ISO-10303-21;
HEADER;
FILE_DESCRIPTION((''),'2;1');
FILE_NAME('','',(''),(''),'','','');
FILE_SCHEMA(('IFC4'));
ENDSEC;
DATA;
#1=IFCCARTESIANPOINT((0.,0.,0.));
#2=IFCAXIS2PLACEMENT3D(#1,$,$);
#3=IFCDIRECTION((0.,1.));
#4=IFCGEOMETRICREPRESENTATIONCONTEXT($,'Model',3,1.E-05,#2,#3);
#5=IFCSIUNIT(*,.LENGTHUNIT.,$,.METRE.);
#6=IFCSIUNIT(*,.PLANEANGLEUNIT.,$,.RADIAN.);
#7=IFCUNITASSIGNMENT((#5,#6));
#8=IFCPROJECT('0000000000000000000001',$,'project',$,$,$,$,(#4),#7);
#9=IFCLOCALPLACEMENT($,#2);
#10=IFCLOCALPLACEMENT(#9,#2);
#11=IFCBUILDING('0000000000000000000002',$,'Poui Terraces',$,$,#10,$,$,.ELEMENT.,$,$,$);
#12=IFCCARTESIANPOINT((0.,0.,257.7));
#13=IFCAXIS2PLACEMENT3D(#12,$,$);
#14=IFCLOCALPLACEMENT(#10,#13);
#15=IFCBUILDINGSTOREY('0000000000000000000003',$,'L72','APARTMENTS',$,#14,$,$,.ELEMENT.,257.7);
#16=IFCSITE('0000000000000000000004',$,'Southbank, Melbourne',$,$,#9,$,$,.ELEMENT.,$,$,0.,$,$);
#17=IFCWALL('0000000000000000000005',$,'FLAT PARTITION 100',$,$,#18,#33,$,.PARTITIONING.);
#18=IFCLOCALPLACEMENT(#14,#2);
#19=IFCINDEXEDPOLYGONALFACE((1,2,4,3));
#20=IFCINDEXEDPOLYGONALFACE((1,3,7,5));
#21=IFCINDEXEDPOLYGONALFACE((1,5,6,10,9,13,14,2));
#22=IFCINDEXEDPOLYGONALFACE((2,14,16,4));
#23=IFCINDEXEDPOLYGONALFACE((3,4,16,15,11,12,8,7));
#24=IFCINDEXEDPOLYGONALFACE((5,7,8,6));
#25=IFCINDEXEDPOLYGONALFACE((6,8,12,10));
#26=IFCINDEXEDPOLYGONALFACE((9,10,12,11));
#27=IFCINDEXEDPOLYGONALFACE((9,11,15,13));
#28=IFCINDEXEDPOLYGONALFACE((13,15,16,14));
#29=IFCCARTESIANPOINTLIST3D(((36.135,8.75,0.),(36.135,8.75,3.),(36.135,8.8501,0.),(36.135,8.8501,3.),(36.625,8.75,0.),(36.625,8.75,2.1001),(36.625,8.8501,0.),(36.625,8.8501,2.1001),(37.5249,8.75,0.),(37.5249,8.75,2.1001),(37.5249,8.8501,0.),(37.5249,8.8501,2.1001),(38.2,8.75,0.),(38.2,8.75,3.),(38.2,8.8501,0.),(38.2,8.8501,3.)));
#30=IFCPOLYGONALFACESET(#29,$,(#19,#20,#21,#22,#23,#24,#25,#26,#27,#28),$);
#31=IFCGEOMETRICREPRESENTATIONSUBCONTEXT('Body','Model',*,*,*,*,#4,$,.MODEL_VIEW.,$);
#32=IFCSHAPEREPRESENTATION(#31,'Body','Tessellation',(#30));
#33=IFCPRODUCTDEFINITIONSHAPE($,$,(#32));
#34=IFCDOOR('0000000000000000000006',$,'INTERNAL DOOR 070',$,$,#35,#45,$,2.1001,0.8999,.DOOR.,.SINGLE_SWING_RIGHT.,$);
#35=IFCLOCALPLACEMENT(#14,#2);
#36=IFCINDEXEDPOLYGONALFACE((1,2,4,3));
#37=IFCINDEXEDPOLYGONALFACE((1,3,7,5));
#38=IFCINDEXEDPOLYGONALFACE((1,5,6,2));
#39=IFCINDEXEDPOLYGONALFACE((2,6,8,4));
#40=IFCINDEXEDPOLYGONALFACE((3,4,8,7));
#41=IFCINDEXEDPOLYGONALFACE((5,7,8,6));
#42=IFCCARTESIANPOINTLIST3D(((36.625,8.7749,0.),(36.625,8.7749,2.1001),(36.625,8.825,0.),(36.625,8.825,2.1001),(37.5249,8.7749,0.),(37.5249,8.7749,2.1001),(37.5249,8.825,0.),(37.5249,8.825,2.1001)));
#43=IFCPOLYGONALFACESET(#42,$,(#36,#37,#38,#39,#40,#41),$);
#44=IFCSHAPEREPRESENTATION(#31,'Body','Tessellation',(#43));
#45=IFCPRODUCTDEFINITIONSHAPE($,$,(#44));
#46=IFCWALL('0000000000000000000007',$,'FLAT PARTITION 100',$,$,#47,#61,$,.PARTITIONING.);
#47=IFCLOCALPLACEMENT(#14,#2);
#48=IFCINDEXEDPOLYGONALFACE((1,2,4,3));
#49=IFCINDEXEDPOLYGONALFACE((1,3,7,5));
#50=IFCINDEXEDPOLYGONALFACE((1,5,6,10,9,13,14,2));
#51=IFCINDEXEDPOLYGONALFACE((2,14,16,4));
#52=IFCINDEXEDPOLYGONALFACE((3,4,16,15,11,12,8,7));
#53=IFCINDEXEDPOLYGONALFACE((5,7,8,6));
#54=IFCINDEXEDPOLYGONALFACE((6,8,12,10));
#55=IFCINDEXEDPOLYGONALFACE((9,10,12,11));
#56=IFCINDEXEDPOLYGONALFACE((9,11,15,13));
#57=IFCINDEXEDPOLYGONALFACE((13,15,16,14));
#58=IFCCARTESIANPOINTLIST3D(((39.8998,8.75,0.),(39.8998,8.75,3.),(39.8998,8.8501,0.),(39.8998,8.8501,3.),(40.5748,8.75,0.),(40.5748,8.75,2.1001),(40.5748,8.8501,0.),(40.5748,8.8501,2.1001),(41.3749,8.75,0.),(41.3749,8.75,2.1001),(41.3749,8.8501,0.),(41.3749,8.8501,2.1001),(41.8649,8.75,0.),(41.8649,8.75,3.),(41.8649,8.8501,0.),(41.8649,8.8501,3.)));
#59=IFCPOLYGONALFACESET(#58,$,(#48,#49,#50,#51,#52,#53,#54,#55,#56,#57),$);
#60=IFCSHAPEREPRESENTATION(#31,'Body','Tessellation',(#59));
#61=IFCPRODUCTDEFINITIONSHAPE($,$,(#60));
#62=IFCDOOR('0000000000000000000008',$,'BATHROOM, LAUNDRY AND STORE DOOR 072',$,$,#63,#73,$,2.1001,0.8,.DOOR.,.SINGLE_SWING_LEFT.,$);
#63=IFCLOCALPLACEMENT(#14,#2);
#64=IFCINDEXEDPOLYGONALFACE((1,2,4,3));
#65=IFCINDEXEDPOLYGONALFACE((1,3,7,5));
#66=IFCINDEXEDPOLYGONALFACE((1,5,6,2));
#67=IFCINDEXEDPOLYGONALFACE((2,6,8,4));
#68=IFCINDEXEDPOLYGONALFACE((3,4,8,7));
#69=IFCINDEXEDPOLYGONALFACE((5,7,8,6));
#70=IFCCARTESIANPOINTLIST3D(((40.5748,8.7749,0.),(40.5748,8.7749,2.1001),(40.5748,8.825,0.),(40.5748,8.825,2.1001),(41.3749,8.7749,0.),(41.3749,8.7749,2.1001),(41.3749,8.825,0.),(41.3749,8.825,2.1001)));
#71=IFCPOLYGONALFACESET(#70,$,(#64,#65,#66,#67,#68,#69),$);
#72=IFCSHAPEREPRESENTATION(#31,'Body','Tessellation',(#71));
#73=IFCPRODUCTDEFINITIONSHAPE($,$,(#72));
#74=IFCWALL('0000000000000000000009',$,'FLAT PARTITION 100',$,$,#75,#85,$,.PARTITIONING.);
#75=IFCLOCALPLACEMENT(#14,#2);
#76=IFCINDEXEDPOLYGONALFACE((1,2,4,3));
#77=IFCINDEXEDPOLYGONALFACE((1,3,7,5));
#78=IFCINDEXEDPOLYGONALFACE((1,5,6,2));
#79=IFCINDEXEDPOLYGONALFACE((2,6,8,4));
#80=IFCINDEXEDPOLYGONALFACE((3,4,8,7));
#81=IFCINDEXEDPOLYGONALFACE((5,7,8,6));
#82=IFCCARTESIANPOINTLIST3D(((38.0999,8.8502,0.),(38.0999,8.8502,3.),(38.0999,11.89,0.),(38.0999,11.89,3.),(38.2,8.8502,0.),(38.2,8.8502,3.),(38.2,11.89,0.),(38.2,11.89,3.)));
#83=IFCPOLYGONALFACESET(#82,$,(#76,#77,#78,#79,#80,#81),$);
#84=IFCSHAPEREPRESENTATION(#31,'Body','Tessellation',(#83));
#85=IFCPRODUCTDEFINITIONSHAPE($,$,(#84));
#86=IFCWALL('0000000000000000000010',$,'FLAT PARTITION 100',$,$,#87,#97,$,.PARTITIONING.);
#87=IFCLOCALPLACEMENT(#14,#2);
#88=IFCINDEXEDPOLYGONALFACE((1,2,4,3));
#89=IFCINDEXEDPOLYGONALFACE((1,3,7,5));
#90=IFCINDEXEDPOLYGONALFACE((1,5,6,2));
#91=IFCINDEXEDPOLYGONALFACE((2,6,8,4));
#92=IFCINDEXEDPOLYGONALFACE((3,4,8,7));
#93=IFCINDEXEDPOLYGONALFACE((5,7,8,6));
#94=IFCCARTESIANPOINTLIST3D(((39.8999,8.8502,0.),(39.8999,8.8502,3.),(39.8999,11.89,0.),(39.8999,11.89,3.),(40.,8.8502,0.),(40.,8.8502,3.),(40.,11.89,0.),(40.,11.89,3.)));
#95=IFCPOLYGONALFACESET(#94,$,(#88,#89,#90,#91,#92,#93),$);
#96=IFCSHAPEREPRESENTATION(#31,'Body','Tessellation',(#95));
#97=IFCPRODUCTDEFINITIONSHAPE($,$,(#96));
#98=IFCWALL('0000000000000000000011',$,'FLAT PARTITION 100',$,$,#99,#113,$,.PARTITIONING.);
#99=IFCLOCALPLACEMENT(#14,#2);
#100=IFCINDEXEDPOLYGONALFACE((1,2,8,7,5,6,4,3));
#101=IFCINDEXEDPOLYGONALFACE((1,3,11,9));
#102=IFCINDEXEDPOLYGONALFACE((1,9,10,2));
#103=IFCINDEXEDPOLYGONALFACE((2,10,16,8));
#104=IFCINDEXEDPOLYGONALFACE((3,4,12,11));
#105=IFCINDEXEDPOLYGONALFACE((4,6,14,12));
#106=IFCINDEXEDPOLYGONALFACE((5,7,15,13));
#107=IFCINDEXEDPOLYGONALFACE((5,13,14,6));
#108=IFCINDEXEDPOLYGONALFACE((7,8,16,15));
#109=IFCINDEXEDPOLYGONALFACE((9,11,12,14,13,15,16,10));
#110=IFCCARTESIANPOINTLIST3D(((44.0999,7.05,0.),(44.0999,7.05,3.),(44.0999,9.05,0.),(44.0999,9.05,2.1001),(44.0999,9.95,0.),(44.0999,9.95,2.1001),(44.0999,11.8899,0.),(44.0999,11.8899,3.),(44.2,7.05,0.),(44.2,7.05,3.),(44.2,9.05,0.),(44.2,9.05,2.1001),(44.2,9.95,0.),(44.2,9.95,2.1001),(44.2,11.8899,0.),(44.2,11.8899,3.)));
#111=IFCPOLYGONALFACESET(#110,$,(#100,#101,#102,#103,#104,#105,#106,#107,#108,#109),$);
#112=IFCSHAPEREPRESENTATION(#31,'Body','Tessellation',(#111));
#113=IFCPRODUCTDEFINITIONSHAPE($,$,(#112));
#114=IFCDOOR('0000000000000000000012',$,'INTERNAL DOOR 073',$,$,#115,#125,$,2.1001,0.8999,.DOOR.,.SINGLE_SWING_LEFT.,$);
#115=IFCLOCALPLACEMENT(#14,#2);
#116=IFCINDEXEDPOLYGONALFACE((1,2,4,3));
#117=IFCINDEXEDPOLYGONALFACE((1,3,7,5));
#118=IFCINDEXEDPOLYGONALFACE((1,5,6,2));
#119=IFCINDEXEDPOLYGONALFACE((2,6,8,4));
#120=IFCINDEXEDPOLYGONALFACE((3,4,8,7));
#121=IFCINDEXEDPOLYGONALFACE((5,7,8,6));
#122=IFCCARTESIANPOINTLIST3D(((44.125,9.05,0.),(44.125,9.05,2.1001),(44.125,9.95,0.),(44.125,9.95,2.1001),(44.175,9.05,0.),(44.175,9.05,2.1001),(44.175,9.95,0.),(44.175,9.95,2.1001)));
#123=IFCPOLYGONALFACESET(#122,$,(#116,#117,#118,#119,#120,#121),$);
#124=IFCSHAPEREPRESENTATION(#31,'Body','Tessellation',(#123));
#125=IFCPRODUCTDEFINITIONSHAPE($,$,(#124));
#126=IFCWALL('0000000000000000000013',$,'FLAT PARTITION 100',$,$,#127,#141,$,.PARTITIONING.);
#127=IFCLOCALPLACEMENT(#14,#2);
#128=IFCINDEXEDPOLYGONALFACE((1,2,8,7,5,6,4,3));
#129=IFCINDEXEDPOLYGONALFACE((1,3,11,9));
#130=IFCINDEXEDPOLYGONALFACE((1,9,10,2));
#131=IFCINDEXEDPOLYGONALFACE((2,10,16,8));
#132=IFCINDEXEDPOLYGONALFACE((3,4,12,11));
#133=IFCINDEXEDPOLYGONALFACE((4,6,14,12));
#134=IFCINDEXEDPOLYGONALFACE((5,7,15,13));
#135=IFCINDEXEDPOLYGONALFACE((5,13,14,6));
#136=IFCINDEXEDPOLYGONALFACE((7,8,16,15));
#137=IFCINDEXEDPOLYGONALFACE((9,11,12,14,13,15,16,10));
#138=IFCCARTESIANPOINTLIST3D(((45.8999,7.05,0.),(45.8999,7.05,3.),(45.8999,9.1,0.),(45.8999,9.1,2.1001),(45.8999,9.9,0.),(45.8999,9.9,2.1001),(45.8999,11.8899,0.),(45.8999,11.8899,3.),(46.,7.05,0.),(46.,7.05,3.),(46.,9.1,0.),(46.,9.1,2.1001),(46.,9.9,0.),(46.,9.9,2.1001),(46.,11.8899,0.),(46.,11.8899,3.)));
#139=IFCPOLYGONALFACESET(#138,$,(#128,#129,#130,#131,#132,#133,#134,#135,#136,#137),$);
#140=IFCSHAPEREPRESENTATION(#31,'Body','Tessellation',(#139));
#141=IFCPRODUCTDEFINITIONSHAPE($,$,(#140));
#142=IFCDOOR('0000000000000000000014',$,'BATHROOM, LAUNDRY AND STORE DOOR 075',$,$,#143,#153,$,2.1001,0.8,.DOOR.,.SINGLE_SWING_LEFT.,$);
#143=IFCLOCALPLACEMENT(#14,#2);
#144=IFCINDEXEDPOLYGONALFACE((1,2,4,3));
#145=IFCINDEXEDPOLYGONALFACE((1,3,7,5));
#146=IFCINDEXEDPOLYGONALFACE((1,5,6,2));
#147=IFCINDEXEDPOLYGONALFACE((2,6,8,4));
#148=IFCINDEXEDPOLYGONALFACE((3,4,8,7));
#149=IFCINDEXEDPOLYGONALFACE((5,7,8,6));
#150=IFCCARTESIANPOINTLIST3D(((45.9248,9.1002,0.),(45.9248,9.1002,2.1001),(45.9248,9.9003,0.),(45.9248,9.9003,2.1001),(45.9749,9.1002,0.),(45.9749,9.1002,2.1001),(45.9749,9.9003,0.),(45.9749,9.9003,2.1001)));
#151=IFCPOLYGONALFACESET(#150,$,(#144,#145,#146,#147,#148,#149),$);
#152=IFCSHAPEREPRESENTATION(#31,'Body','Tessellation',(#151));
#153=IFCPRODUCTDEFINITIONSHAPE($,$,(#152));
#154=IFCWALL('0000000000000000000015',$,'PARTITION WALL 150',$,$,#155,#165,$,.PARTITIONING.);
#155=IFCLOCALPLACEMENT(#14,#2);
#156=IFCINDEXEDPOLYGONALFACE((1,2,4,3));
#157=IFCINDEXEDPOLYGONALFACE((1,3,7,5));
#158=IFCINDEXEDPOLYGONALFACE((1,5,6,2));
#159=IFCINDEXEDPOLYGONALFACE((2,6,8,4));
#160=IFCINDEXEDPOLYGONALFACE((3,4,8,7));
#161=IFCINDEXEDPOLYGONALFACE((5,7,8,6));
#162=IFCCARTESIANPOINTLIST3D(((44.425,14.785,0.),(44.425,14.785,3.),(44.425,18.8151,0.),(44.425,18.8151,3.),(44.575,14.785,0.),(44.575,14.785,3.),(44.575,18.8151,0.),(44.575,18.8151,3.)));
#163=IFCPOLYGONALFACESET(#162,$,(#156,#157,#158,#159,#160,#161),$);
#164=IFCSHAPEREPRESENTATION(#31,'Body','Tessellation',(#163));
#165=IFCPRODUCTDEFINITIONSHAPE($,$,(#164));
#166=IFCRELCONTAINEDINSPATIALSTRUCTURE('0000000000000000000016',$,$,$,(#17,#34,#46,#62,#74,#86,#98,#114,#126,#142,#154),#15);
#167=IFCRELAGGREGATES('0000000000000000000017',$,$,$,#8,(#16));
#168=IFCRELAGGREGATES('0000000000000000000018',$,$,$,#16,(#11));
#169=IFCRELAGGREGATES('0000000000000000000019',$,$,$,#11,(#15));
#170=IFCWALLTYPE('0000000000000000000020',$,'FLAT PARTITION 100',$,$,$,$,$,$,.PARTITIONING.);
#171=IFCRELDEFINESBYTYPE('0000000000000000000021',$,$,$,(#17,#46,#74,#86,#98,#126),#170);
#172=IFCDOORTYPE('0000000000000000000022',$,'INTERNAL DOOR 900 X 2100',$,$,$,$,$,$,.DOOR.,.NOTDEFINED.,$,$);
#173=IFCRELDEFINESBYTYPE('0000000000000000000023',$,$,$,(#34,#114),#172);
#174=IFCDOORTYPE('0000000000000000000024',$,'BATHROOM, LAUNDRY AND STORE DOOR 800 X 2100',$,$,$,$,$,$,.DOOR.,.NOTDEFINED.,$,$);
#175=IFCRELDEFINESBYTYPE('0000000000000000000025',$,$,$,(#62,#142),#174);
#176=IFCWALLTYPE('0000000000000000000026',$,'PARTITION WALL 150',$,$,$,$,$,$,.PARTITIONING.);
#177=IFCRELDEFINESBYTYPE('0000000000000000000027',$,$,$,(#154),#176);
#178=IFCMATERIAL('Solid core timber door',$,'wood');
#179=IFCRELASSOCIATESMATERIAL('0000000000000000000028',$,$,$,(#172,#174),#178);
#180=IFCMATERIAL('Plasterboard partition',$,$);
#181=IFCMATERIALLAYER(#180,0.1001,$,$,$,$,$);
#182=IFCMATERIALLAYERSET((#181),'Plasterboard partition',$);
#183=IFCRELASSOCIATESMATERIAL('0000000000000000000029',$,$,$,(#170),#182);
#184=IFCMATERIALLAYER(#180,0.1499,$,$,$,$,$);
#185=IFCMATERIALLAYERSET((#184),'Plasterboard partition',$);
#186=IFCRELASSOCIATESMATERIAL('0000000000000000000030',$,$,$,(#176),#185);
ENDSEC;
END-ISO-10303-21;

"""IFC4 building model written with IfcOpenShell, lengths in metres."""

from ifc_helpers import new_model, si_unit, direction, frame, frame_2d, origin, place, context, subcontext, project, spatial, rectangle, extrude, material, layer, layer_set, type_object, element, fill, save


model = new_model("IFC4")

# Units and contexts
model_context = context("Model", 3, precision=1e-05, world=origin(), true_north=direction((0.0, 1.0)))
body_context = subcontext(model_context, "Body", "Model", "MODEL_VIEW")
ifc_project = project(units=[si_unit("LENGTHUNIT", "METRE"), si_unit("PLANEANGLEUNIT", "RADIAN")], contexts=[model_context])

# Site, building, storey
site_placement = place(None, origin())
site = spatial("IfcSite", under=ifc_project, at=site_placement, Name="Southbank, Melbourne", CompositionType="ELEMENT", RefElevation=0.0)
building_placement = place(site_placement, origin())
building = spatial("IfcBuilding", under=site, at=building_placement, Name="Poui Terraces", CompositionType="ELEMENT")
storey_placement = place(building_placement, frame((0.0, 0.0, 257.7)))
storey = spatial("IfcBuildingStorey", under=building, at=storey_placement, Name="L72", Description="APARTMENTS", CompositionType="ELEMENT", Elevation=257.7)

# Shared definitions
ifc_material_1 = material(Name="Solid core timber door", Category="wood")
door_type_1 = type_object("IfcDoorType", Name="INTERNAL DOOR 900 X 2100", OperationType="NOTDEFINED", PredefinedType="DOOR", material=ifc_material_1)

# Shared definitions
ifc_material_2 = material(Name="Plasterboard partition")
ifc_layer_1 = layer(ifc_material_2, 0.1001)
ifc_layer_set_1 = layer_set([ifc_layer_1], Name="Plasterboard partition")
wall_type_1 = type_object("IfcWallType", Name="FLAT PARTITION 100", PredefinedType="PARTITIONING", material=ifc_layer_set_1)

# Walls, openings, doors
wall_1_placement = place(storey_placement, frame((36.135, 8.8, 0.0), z_axis=(0.0, 0.0, 1.0), x_axis=(1.0, 0.0, 0.0)))
wall_1 = element("IfcWall", 1, at=wall_1_placement, inside=storey, type_object=wall_type_1, Name="FLAT PARTITION 100", PredefinedType="PARTITIONING", context=body_context, shape_type="SweptSolid", body=[
    extrude(rectangle(XDim=2.0649, YDim=0.1001, at=frame_2d((1.0325, 0.0))), origin(), (0.0, 0.0, 1.0), 3.0),
])
opening_1_placement = place(wall_1_placement, frame((0.49, 0.0, 0.0)))
opening_1 = element("IfcOpeningElement", 2, at=opening_1_placement, cuts=wall_1, PredefinedType="OPENING", context=body_context, shape_type="SweptSolid", body=[
    extrude(rectangle(XDim=0.8999, YDim=2.1001, at=frame_2d((0.45, 1.05))), frame((0.0, 0.0601, 0.0), z_axis=(0.0, -1.0, 0.0), x_axis=(1.0, 0.0, 0.0)), (0.0, 0.0, 1.0), 0.1201),
])
door_1_placement = place(opening_1_placement, origin())
door_1 = element("IfcDoor", 3, at=door_1_placement, inside=storey, type_object=door_type_1, Name="INTERNAL DOOR 070", OperationType="SINGLE_SWING_RIGHT", OverallHeight=2.1001, OverallWidth=0.8999, PredefinedType="DOOR", context=body_context, shape_type="SweptSolid", body=[
    extrude(rectangle(XDim=0.8999, YDim=2.1001, at=frame_2d((0.45, 1.05))), frame((0.0, 0.0249, 0.0), z_axis=(0.0, -1.0, 0.0), x_axis=(1.0, 0.0, 0.0)), (0.0, 0.0, 1.0), 0.05),
])
fill(opening_1, door_1)
wall_2_placement = place(storey_placement, frame((39.8999, 8.8, 0.0), z_axis=(0.0, 0.0, 1.0), x_axis=(1.0, 0.0, 0.0)))
wall_2 = element("IfcWall", 4, at=wall_2_placement, inside=storey, type_object=wall_type_1, Name="FLAT PARTITION 100", PredefinedType="PARTITIONING", context=body_context, shape_type="SweptSolid", body=[
    extrude(rectangle(XDim=1.9651, YDim=0.1001, at=frame_2d((0.9824, 0.0))), origin(), (0.0, 0.0, 1.0), 3.0),
])
opening_2_placement = place(wall_2_placement, frame((0.675, 0.0, 0.0)))
opening_2 = element("IfcOpeningElement", 5, at=opening_2_placement, cuts=wall_2, PredefinedType="OPENING", context=body_context, shape_type="SweptSolid", body=[
    extrude(rectangle(XDim=0.8, YDim=2.1001, at=frame_2d((0.3999, 1.05))), frame((0.0, 0.0601, 0.0), z_axis=(0.0, -1.0, 0.0), x_axis=(1.0, 0.0, 0.0)), (0.0, 0.0, 1.0), 0.1201),
])
door_type_2 = type_object("IfcDoorType", Name="BATHROOM, LAUNDRY AND STORE DOOR 800 X 2100", OperationType="NOTDEFINED", PredefinedType="DOOR", material=ifc_material_1)
door_2_placement = place(opening_2_placement, origin())
door_2 = element("IfcDoor", 6, at=door_2_placement, inside=storey, type_object=door_type_2, Name="BATHROOM, LAUNDRY AND STORE DOOR 072", OperationType="SINGLE_SWING_LEFT", OverallHeight=2.1001, OverallWidth=0.8, PredefinedType="DOOR", context=body_context, shape_type="SweptSolid", body=[
    extrude(rectangle(XDim=0.8, YDim=2.1001, at=frame_2d((0.3999, 1.05))), frame((0.0, 0.0249, 0.0), z_axis=(0.0, -1.0, 0.0), x_axis=(1.0, 0.0, 0.0)), (0.0, 0.0, 1.0), 0.05),
])
fill(opening_2, door_2)

# Walls
for number, where, z_axis, x_axis, name in (
    (7, (38.1499, 8.8501, 0.0), (0.0, 0.0, 1.0), (0.0, 1.0, 0.0), "FLAT PARTITION 100"),
    (8, (39.95, 8.8501, 0.0), (0.0, 0.0, 1.0), (0.0, 1.0, 0.0), "FLAT PARTITION 100"),
):
    element("IfcWall", number, at=place(storey_placement, frame(where, z_axis=z_axis, x_axis=x_axis)), inside=storey, type_object=wall_type_1, Name=name, PredefinedType="PARTITIONING", context=body_context, shape_type="SweptSolid", body=[
        extrude(rectangle(XDim=3.0398, YDim=0.1001, at=frame_2d((1.52, 0.0))), origin(), (0.0, 0.0, 1.0), 3.0),
    ])

# Walls, openings, doors
wall_3_placement = place(storey_placement, frame((44.1499, 7.05, 0.0), z_axis=(0.0, 0.0, 1.0), x_axis=(0.0, 1.0, 0.0)))
wall_3 = element("IfcWall", 9, at=wall_3_placement, inside=storey, type_object=wall_type_1, Name="FLAT PARTITION 100", PredefinedType="PARTITIONING", context=body_context, shape_type="SweptSolid", body=[
    extrude(rectangle(XDim=4.8398, YDim=0.1001, at=frame_2d((2.4199, 0.0))), origin(), (0.0, 0.0, 1.0), 3.0),
])
opening_3_placement = place(wall_3_placement, frame((2.0, 0.0, 0.0)))
opening_3 = element("IfcOpeningElement", 10, at=opening_3_placement, cuts=wall_3, PredefinedType="OPENING", context=body_context, shape_type="SweptSolid", body=[
    extrude(rectangle(XDim=0.8999, YDim=2.1001, at=frame_2d((0.45, 1.05))), frame((0.0, 0.0601, 0.0), z_axis=(0.0, -1.0, 0.0), x_axis=(1.0, 0.0, 0.0)), (0.0, 0.0, 1.0), 0.1201),
])
door_3_placement = place(opening_3_placement, origin())
door_3 = element("IfcDoor", 11, at=door_3_placement, inside=storey, type_object=door_type_1, Name="INTERNAL DOOR 073", OperationType="SINGLE_SWING_LEFT", OverallHeight=2.1001, OverallWidth=0.8999, PredefinedType="DOOR", context=body_context, shape_type="SweptSolid", body=[
    extrude(rectangle(XDim=0.8999, YDim=2.1001, at=frame_2d((0.45, 1.05))), frame((0.0, 0.0249, 0.0), z_axis=(0.0, -1.0, 0.0), x_axis=(1.0, 0.0, 0.0)), (0.0, 0.0, 1.0), 0.05),
])
fill(opening_3, door_3)
wall_4_placement = place(storey_placement, frame((45.95, 7.05, 0.0), z_axis=(0.0, 0.0, 1.0), x_axis=(0.0, 1.0, 0.0)))
wall_4 = element("IfcWall", 12, at=wall_4_placement, inside=storey, type_object=wall_type_1, Name="FLAT PARTITION 100", PredefinedType="PARTITIONING", context=body_context, shape_type="SweptSolid", body=[
    extrude(rectangle(XDim=4.8398, YDim=0.1001, at=frame_2d((2.4199, 0.0))), origin(), (0.0, 0.0, 1.0), 3.0),
])
opening_4_placement = place(wall_4_placement, frame((2.05, 0.0, 0.0)))
opening_4 = element("IfcOpeningElement", 13, at=opening_4_placement, cuts=wall_4, PredefinedType="OPENING", context=body_context, shape_type="SweptSolid", body=[
    extrude(rectangle(XDim=0.8, YDim=2.1001, at=frame_2d((0.3999, 1.05))), frame((0.0, 0.0601, 0.0), z_axis=(0.0, -1.0, 0.0), x_axis=(1.0, 0.0, 0.0)), (0.0, 0.0, 1.0), 0.1201),
])
door_4_placement = place(opening_4_placement, frame((0.8, 0.0, 0.0), z_axis=(0.0, 0.0, 1.0), x_axis=(-1.0, 0.0, 0.0)))
door_4 = element("IfcDoor", 14, at=door_4_placement, inside=storey, type_object=door_type_2, Name="BATHROOM, LAUNDRY AND STORE DOOR 075", OperationType="SINGLE_SWING_LEFT", OverallHeight=2.1001, OverallWidth=0.8, PredefinedType="DOOR", context=body_context, shape_type="SweptSolid", body=[
    extrude(rectangle(XDim=0.8, YDim=2.1001, at=frame_2d((0.3999, 1.05))), frame((0.0, 0.0249, 0.0), z_axis=(0.0, -1.0, 0.0), x_axis=(1.0, 0.0, 0.0)), (0.0, 0.0, 1.0), 0.05),
])
fill(opening_4, door_4)

# Wall
ifc_layer_2 = layer(ifc_material_2, 0.1499)
ifc_layer_set_2 = layer_set([ifc_layer_2], Name="Plasterboard partition")
wall_type_2 = type_object("IfcWallType", Name="PARTITION WALL 150", PredefinedType="PARTITIONING", material=ifc_layer_set_2)
wall_5_placement = place(storey_placement, frame((44.5, 14.7849, 0.0), z_axis=(0.0, 0.0, 1.0), x_axis=(0.0, 1.0, 0.0)))
element("IfcWall", 15, at=wall_5_placement, inside=storey, type_object=wall_type_2, Name="PARTITION WALL 150", PredefinedType="PARTITIONING", context=body_context, shape_type="SweptSolid", body=[
    extrude(rectangle(XDim=4.03, YDim=0.1499, at=frame_2d((2.0151, 0.0))), origin(), (0.0, 0.0, 1.0), 3.0),
])

save(model, "model.ifc")
